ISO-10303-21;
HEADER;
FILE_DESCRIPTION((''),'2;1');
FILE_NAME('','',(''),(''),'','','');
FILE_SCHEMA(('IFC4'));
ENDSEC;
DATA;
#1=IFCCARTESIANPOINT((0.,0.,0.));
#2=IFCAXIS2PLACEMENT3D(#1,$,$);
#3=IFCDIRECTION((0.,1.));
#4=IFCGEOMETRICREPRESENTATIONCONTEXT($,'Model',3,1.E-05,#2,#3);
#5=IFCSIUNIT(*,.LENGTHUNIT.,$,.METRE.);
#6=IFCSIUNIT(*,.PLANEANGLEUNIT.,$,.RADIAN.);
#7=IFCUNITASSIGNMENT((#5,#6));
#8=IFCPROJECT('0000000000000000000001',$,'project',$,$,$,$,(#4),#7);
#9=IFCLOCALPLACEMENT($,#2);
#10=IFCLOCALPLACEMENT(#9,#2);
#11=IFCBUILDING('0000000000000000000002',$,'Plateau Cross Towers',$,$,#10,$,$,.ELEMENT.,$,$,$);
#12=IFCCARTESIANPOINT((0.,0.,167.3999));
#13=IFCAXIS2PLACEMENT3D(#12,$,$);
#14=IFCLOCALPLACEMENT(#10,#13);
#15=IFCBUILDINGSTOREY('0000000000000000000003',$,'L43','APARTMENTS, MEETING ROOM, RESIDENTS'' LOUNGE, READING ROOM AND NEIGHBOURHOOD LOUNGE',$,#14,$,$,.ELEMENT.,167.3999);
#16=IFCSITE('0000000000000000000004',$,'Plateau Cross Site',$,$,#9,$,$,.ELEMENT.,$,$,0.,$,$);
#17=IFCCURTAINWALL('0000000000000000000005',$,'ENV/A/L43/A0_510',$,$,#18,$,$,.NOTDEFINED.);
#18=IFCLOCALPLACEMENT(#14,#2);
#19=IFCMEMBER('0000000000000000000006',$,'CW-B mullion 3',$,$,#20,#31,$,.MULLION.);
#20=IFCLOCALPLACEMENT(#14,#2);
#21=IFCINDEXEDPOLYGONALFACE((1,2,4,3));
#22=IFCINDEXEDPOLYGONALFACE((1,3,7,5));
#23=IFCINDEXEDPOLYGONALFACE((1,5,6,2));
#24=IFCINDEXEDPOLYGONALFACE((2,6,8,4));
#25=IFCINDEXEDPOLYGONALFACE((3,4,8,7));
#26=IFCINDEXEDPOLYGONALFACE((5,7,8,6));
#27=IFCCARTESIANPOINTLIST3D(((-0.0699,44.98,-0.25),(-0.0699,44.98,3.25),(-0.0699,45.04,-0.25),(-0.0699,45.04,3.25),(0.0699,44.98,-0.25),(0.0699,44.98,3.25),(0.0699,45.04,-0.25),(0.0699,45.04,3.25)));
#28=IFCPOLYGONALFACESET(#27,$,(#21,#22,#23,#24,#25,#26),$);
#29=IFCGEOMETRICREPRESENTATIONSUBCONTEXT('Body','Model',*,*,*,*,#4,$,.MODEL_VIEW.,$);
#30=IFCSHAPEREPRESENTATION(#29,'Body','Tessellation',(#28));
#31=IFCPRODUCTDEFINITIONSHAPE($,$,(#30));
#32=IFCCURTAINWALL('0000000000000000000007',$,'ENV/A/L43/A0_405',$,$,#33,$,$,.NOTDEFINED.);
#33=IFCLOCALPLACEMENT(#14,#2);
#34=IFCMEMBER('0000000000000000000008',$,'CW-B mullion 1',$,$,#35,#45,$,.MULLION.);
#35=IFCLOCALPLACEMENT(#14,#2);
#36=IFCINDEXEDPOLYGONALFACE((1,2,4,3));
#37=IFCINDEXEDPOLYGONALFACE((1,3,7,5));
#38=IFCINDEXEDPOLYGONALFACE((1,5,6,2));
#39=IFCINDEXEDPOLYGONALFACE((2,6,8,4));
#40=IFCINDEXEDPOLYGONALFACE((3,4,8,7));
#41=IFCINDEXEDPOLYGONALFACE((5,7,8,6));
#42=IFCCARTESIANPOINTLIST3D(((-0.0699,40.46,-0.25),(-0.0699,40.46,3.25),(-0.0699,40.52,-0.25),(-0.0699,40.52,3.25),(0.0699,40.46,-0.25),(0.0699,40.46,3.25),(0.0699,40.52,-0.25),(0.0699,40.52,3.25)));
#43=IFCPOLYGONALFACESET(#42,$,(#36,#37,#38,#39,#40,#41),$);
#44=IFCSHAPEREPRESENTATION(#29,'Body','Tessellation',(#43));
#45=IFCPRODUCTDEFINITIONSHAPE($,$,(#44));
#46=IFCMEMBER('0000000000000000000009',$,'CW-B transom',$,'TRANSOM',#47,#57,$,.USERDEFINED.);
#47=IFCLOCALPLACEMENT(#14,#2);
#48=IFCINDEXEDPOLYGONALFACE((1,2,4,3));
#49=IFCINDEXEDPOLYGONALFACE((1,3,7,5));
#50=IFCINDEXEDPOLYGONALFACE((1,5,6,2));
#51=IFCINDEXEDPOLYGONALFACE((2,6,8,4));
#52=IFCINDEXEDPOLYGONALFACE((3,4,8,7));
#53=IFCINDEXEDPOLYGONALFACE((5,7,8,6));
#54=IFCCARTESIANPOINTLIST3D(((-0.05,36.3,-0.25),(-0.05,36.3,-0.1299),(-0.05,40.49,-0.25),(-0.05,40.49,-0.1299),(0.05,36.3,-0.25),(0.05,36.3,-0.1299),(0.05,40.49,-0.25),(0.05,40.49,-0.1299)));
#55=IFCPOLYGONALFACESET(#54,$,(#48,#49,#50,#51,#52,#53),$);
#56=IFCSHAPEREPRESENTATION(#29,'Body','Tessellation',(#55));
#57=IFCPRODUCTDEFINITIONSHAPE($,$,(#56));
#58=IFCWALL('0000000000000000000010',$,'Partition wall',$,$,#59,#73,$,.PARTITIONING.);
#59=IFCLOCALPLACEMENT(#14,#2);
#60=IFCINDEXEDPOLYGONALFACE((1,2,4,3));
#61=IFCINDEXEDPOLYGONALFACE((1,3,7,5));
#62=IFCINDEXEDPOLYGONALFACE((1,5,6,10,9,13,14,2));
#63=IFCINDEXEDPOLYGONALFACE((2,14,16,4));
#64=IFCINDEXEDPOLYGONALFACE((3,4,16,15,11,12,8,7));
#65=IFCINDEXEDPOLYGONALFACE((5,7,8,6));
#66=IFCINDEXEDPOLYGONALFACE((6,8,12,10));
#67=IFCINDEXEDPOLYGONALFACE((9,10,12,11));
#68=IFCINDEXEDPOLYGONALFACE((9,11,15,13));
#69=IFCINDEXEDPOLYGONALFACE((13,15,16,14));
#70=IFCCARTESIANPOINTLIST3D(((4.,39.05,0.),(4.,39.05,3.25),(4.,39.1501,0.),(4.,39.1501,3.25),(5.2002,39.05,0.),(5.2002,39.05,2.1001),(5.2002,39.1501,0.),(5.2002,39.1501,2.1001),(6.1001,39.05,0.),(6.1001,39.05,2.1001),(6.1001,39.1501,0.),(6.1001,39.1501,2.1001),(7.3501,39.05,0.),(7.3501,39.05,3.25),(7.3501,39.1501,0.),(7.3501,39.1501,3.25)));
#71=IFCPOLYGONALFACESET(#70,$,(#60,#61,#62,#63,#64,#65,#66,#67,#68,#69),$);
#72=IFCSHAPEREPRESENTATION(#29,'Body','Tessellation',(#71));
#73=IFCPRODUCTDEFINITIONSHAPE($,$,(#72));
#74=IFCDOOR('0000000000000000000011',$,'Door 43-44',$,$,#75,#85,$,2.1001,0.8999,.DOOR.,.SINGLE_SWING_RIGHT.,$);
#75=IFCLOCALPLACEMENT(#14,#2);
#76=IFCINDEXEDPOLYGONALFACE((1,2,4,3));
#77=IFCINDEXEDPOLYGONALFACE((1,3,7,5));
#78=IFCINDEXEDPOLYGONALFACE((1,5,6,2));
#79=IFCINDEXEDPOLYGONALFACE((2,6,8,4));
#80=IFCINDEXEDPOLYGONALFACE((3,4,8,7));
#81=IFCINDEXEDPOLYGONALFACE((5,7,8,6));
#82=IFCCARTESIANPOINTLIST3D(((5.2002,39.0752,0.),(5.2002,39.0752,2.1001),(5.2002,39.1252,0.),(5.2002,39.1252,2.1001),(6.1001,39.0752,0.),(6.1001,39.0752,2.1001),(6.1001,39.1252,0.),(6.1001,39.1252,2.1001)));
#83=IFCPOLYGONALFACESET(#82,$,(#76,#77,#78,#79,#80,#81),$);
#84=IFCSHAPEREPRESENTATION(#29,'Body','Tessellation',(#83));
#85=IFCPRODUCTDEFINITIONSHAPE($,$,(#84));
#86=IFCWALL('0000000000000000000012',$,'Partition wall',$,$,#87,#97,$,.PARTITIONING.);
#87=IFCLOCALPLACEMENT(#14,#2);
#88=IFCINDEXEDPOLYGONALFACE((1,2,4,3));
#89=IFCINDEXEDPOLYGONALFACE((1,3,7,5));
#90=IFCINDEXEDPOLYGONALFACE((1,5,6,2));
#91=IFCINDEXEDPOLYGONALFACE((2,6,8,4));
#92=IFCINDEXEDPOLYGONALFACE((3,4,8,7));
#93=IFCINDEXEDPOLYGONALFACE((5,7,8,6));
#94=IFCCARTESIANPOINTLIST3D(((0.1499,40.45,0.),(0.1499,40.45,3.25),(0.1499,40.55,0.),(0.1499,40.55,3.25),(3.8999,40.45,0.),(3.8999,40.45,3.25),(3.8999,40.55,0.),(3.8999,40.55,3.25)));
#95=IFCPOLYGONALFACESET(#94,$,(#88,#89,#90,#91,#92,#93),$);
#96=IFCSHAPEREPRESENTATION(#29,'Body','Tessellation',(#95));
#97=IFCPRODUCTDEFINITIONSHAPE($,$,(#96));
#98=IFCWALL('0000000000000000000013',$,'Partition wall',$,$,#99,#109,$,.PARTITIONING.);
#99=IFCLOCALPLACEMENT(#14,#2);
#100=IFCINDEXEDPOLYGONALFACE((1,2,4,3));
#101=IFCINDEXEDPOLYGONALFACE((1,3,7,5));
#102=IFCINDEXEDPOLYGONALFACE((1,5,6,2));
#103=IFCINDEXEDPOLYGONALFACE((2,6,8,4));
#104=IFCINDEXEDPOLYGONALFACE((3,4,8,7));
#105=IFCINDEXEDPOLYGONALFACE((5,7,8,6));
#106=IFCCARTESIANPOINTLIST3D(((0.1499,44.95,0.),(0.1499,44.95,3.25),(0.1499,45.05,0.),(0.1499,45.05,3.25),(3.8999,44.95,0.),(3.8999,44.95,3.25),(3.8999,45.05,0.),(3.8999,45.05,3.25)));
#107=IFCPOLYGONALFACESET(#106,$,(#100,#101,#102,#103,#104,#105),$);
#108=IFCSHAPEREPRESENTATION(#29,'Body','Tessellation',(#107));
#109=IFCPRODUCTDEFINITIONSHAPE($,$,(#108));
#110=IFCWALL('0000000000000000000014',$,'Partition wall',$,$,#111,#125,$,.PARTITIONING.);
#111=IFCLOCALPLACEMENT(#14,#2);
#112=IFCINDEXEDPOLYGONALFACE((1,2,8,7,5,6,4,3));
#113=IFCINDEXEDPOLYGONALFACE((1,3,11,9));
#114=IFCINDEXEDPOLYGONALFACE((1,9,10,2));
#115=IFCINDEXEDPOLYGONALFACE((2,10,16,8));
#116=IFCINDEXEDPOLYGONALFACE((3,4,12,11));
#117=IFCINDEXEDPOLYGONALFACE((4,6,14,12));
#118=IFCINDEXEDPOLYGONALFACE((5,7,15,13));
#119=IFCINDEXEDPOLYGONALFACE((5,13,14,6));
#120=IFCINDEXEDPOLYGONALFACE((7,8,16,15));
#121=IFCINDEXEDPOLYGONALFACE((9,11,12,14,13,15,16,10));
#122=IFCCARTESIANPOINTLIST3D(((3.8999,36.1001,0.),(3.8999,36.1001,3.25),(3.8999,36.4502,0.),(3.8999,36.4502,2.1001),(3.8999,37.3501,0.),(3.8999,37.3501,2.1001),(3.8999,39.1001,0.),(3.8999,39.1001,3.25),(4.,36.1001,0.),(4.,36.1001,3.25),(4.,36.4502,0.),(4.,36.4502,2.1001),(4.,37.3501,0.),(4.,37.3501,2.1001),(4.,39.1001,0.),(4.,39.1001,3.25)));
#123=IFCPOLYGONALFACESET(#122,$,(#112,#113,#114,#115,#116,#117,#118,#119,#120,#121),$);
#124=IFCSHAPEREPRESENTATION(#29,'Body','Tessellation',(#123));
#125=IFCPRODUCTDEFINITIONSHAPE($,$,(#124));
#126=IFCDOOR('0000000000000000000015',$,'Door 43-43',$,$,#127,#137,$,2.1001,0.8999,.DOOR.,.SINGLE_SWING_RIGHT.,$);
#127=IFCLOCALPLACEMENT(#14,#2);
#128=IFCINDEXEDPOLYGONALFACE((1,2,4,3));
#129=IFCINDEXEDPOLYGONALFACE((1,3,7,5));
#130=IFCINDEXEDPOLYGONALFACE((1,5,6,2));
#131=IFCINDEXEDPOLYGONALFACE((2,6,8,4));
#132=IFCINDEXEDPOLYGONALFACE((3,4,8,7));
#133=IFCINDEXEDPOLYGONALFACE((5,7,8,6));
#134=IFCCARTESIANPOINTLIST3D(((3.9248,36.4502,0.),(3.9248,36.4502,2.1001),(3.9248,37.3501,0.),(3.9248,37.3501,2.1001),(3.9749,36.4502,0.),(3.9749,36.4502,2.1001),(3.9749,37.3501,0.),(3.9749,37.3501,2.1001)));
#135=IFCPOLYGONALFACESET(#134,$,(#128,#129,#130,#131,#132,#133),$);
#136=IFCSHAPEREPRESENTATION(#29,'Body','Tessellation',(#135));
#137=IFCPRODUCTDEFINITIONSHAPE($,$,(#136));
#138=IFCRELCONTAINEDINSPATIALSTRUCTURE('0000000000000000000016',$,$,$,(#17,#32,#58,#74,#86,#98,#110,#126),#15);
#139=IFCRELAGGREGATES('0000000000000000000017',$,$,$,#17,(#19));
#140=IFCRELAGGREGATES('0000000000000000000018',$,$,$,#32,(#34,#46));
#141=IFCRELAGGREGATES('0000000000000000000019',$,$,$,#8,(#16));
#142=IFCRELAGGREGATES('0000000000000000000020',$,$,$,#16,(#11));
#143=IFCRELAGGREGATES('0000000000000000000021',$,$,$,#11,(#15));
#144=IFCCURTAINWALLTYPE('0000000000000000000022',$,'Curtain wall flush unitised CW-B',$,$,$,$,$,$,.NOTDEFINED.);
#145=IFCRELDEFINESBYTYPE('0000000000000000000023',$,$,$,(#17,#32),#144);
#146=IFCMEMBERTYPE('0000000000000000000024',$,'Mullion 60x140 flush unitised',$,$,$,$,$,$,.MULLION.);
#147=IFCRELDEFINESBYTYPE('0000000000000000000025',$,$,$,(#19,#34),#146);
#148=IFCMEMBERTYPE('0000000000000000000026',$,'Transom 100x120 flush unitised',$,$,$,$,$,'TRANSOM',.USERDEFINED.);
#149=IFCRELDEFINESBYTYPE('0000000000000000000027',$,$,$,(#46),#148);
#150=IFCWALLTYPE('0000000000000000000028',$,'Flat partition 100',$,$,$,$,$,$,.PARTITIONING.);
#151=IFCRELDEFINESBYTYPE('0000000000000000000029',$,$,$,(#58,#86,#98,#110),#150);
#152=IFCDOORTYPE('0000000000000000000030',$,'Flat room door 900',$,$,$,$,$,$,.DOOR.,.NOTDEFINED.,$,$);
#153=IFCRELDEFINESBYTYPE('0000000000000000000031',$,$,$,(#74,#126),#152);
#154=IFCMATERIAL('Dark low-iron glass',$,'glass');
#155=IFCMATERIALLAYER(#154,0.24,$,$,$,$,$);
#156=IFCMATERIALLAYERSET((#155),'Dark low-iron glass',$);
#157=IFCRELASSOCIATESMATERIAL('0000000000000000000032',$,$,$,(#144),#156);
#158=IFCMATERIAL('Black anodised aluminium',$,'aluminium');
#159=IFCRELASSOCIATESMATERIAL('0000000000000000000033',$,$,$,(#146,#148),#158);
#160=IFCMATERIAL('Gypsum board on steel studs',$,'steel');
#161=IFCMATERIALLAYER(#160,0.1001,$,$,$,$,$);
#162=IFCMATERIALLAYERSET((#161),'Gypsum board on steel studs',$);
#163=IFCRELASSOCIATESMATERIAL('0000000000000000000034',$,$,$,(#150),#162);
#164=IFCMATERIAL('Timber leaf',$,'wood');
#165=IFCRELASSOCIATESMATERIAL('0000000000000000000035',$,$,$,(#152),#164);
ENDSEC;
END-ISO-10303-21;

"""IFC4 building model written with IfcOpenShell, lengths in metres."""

from ifc_helpers import new_model, si_unit, direction, frame, frame_2d, origin, origin_2d, place, context, subcontext, project, spatial, rectangle, extrude, material, layer, layer_set, material_profile, profile_set, type_object, element, fill, aggregate, save


model = new_model("IFC4")

# Units and contexts
model_context = context("Model", 3, precision=1e-05, world=origin(), true_north=direction((0.0, 1.0)))
body_context = subcontext(model_context, "Body", "Model", "MODEL_VIEW")
ifc_project = project(units=[si_unit("LENGTHUNIT", "METRE"), si_unit("PLANEANGLEUNIT", "RADIAN")], contexts=[model_context])

# Site, building, storey
site_placement = place(None, origin())
site = spatial("IfcSite", under=ifc_project, at=site_placement, Name="Plateau Cross Site", CompositionType="ELEMENT", RefElevation=0.0)
building_placement = place(site_placement, origin())
building = spatial("IfcBuilding", under=site, at=building_placement, Name="Plateau Cross Towers", CompositionType="ELEMENT")
storey_placement = place(building_placement, frame((0.0, 0.0, 167.3999)))
storey = spatial("IfcBuildingStorey", under=building, at=storey_placement, Name="L43", Description="APARTMENTS, MEETING ROOM, RESIDENTS' LOUNGE, READING ROOM AND NEIGHBOURHOOD LOUNGE", CompositionType="ELEMENT", Elevation=167.3999)

# Curtain wall, member
ifc_material_1 = material(Name="Dark low-iron glass", Category="glass")
ifc_layer_1 = layer(ifc_material_1, 0.24)
ifc_layer_set_1 = layer_set([ifc_layer_1], Name="Dark low-iron glass")
curtain_wall_type = type_object("IfcCurtainWallType", Name="Curtain wall flush unitised CW-B", PredefinedType="NOTDEFINED", material=ifc_layer_set_1)
curtain_wall_1_placement = place(storey_placement, origin())
curtain_wall_1 = element("IfcCurtainWall", 1, at=curtain_wall_1_placement, inside=storey, type_object=curtain_wall_type, Name="ENV/A/L43/A0_510", PredefinedType="NOTDEFINED")
ifc_material_2 = material(Name="Black anodised aluminium", Category="aluminium")
ifc_material_profile_1 = material_profile(ifc_material_2, rectangle(XDim=0.0601, YDim=0.1399, at=origin_2d()), Name="MULLION 60x140")
ifc_profile_set_1 = profile_set([ifc_material_profile_1], Name="Black anodised aluminium")
member_type_1 = type_object("IfcMemberType", Name="Mullion 60x140 flush unitised", PredefinedType="MULLION", material=ifc_profile_set_1)
member_1_placement = place(storey_placement, frame((0.0, 45.01, -0.25), z_axis=(0.0, 0.0, 1.0), x_axis=(0.0, -1.0, 0.0)))
member_1 = element("IfcMember", 2, at=member_1_placement, type_object=member_type_1, Name="CW-B mullion 3", PredefinedType="MULLION", context=body_context, shape_type="SweptSolid", body=[
    extrude(rectangle(XDim=0.0601, YDim=0.1399, at=origin_2d()), origin(), (0.0, 0.0, 1.0), 3.5),
])
aggregate(curtain_wall_1, [member_1])

# Curtain wall, members
curtain_wall_2_placement = place(storey_placement, origin())
curtain_wall_2 = element("IfcCurtainWall", 3, at=curtain_wall_2_placement, inside=storey, type_object=curtain_wall_type, Name="ENV/A/L43/A0_405", PredefinedType="NOTDEFINED")
member_2_placement = place(storey_placement, frame((0.0, 40.49, -0.25), z_axis=(0.0, 0.0, 1.0), x_axis=(0.0, -1.0, 0.0)))
member_2 = element("IfcMember", 4, at=member_2_placement, type_object=member_type_1, Name="CW-B mullion 1", PredefinedType="MULLION", context=body_context, shape_type="SweptSolid", body=[
    extrude(rectangle(XDim=0.0601, YDim=0.1399, at=origin_2d()), origin(), (0.0, 0.0, 1.0), 3.5),
])
ifc_material_profile_2 = material_profile(ifc_material_2, rectangle(XDim=0.1001, YDim=0.1201, at=origin_2d()), Name="TRANSOM 100x120")
ifc_profile_set_2 = profile_set([ifc_material_profile_2], Name="Black anodised aluminium")
member_type_2 = type_object("IfcMemberType", Name="Transom 100x120 flush unitised", ElementType="TRANSOM", PredefinedType="USERDEFINED", material=ifc_profile_set_2)
member_3_placement = place(storey_placement, frame((0.0, 40.49, -0.1899), z_axis=(0.0, -1.0, 0.0), x_axis=(1.0, 0.0, 0.0)))
member_3 = element("IfcMember", 5, at=member_3_placement, type_object=member_type_2, Name="CW-B transom", ObjectType="TRANSOM", PredefinedType="USERDEFINED", context=body_context, shape_type="SweptSolid", body=[
    extrude(rectangle(XDim=0.1001, YDim=0.1201, at=origin_2d()), origin(), (0.0, 0.0, 1.0), 4.1899),
])
aggregate(curtain_wall_2, [member_2, member_3])

# Wall, opening, door
ifc_material_3 = material(Name="Gypsum board on steel studs", Category="steel")
ifc_layer_2 = layer(ifc_material_3, 0.1001)
ifc_layer_set_2 = layer_set([ifc_layer_2], Name="Gypsum board on steel studs")
wall_type_1 = type_object("IfcWallType", Name="Flat partition 100", PredefinedType="PARTITIONING", material=ifc_layer_set_2)
wall_1_placement = place(storey_placement, frame((7.3501, 39.1001, 0.0), z_axis=(0.0, 0.0, 1.0), x_axis=(-1.0, 0.0, 0.0)))
wall_1 = element("IfcWall", 6, at=wall_1_placement, inside=storey, type_object=wall_type_1, Name="Partition wall", PredefinedType="PARTITIONING", context=body_context, shape_type="SweptSolid", body=[
    extrude(rectangle(XDim=3.3501, YDim=0.1001, at=frame_2d((1.675, 0.0))), origin(), (0.0, 0.0, 1.0), 3.25),
])
opening_1_placement = place(wall_1_placement, frame((1.25, 0.0, 0.0)))
opening_1 = element("IfcOpeningElement", 7, at=opening_1_placement, cuts=wall_1, PredefinedType="OPENING", context=body_context, shape_type="SweptSolid", body=[
    extrude(rectangle(XDim=0.8999, YDim=2.1001, at=frame_2d((0.45, 1.05))), frame((0.0, 0.0601, 0.0), z_axis=(0.0, -1.0, 0.0), x_axis=(1.0, 0.0, 0.0)), (0.0, 0.0, 1.0), 0.1201),
])
ifc_material_4 = material(Name="Timber leaf", Category="wood")
door_type_1 = type_object("IfcDoorType", Name="Flat room door 900", OperationType="NOTDEFINED", PredefinedType="DOOR", material=ifc_material_4)
door_1_placement = place(opening_1_placement, origin())
door_1 = element("IfcDoor", 8, at=door_1_placement, inside=storey, type_object=door_type_1, Name="Door 43-44", OperationType="SINGLE_SWING_RIGHT", OverallHeight=2.1001, OverallWidth=0.8999, PredefinedType="DOOR", context=body_context, shape_type="SweptSolid", body=[
    extrude(rectangle(XDim=0.8999, YDim=2.1001, at=frame_2d((0.45, 1.05))), frame((0.0, 0.0249, 0.0), z_axis=(0.0, -1.0, 0.0), x_axis=(1.0, 0.0, 0.0)), (0.0, 0.0, 1.0), 0.05),
])
fill(opening_1, door_1)

# Walls
for number, where, z_axis, x_axis, name in (
    (9, (0.1499, 40.5, 0.0), (0.0, 0.0, 1.0), (1.0, 0.0, 0.0), "Partition wall"),
    (10, (3.8999, 45.0, 0.0), (0.0, 0.0, 1.0), (-1.0, 0.0, 0.0), "Partition wall"),
):
    element("IfcWall", number, at=place(storey_placement, frame(where, z_axis=z_axis, x_axis=x_axis)), inside=storey, type_object=wall_type_1, Name=name, PredefinedType="PARTITIONING", context=body_context, shape_type="SweptSolid", body=[
        extrude(rectangle(XDim=3.75, YDim=0.1001, at=frame_2d((1.875, 0.0))), origin(), (0.0, 0.0, 1.0), 3.25),
    ])

# Wall, opening, door
wall_2_placement = place(storey_placement, frame((3.95, 39.1001, 0.0), z_axis=(0.0, 0.0, 1.0), x_axis=(0.0, -1.0, 0.0)))
wall_2 = element("IfcWall", 11, at=wall_2_placement, inside=storey, type_object=wall_type_1, Name="Partition wall", PredefinedType="PARTITIONING", context=body_context, shape_type="SweptSolid", body=[
    extrude(rectangle(XDim=3.0, YDim=0.1001, at=frame_2d((1.5, 0.0))), origin(), (0.0, 0.0, 1.0), 3.25),
])
opening_2_placement = place(wall_2_placement, frame((1.75, 0.0, 0.0)))
opening_2 = element("IfcOpeningElement", 12, at=opening_2_placement, cuts=wall_2, PredefinedType="OPENING", context=body_context, shape_type="SweptSolid", body=[
    extrude(rectangle(XDim=0.8999, YDim=2.1001, at=frame_2d((0.45, 1.05))), frame((0.0, 0.0601, 0.0), z_axis=(0.0, -1.0, 0.0), x_axis=(1.0, 0.0, 0.0)), (0.0, 0.0, 1.0), 0.1201),
])
door_2_placement = place(opening_2_placement, origin())
door_2 = element("IfcDoor", 13, at=door_2_placement, inside=storey, type_object=door_type_1, Name="Door 43-43", OperationType="SINGLE_SWING_RIGHT", OverallHeight=2.1001, OverallWidth=0.8999, PredefinedType="DOOR", context=body_context, shape_type="SweptSolid", body=[
    extrude(rectangle(XDim=0.8999, YDim=2.1001, at=frame_2d((0.45, 1.05))), frame((0.0, 0.0249, 0.0), z_axis=(0.0, -1.0, 0.0), x_axis=(1.0, 0.0, 0.0)), (0.0, 0.0, 1.0), 0.05),
])
fill(opening_2, door_2)

save(model, "model.ifc")
